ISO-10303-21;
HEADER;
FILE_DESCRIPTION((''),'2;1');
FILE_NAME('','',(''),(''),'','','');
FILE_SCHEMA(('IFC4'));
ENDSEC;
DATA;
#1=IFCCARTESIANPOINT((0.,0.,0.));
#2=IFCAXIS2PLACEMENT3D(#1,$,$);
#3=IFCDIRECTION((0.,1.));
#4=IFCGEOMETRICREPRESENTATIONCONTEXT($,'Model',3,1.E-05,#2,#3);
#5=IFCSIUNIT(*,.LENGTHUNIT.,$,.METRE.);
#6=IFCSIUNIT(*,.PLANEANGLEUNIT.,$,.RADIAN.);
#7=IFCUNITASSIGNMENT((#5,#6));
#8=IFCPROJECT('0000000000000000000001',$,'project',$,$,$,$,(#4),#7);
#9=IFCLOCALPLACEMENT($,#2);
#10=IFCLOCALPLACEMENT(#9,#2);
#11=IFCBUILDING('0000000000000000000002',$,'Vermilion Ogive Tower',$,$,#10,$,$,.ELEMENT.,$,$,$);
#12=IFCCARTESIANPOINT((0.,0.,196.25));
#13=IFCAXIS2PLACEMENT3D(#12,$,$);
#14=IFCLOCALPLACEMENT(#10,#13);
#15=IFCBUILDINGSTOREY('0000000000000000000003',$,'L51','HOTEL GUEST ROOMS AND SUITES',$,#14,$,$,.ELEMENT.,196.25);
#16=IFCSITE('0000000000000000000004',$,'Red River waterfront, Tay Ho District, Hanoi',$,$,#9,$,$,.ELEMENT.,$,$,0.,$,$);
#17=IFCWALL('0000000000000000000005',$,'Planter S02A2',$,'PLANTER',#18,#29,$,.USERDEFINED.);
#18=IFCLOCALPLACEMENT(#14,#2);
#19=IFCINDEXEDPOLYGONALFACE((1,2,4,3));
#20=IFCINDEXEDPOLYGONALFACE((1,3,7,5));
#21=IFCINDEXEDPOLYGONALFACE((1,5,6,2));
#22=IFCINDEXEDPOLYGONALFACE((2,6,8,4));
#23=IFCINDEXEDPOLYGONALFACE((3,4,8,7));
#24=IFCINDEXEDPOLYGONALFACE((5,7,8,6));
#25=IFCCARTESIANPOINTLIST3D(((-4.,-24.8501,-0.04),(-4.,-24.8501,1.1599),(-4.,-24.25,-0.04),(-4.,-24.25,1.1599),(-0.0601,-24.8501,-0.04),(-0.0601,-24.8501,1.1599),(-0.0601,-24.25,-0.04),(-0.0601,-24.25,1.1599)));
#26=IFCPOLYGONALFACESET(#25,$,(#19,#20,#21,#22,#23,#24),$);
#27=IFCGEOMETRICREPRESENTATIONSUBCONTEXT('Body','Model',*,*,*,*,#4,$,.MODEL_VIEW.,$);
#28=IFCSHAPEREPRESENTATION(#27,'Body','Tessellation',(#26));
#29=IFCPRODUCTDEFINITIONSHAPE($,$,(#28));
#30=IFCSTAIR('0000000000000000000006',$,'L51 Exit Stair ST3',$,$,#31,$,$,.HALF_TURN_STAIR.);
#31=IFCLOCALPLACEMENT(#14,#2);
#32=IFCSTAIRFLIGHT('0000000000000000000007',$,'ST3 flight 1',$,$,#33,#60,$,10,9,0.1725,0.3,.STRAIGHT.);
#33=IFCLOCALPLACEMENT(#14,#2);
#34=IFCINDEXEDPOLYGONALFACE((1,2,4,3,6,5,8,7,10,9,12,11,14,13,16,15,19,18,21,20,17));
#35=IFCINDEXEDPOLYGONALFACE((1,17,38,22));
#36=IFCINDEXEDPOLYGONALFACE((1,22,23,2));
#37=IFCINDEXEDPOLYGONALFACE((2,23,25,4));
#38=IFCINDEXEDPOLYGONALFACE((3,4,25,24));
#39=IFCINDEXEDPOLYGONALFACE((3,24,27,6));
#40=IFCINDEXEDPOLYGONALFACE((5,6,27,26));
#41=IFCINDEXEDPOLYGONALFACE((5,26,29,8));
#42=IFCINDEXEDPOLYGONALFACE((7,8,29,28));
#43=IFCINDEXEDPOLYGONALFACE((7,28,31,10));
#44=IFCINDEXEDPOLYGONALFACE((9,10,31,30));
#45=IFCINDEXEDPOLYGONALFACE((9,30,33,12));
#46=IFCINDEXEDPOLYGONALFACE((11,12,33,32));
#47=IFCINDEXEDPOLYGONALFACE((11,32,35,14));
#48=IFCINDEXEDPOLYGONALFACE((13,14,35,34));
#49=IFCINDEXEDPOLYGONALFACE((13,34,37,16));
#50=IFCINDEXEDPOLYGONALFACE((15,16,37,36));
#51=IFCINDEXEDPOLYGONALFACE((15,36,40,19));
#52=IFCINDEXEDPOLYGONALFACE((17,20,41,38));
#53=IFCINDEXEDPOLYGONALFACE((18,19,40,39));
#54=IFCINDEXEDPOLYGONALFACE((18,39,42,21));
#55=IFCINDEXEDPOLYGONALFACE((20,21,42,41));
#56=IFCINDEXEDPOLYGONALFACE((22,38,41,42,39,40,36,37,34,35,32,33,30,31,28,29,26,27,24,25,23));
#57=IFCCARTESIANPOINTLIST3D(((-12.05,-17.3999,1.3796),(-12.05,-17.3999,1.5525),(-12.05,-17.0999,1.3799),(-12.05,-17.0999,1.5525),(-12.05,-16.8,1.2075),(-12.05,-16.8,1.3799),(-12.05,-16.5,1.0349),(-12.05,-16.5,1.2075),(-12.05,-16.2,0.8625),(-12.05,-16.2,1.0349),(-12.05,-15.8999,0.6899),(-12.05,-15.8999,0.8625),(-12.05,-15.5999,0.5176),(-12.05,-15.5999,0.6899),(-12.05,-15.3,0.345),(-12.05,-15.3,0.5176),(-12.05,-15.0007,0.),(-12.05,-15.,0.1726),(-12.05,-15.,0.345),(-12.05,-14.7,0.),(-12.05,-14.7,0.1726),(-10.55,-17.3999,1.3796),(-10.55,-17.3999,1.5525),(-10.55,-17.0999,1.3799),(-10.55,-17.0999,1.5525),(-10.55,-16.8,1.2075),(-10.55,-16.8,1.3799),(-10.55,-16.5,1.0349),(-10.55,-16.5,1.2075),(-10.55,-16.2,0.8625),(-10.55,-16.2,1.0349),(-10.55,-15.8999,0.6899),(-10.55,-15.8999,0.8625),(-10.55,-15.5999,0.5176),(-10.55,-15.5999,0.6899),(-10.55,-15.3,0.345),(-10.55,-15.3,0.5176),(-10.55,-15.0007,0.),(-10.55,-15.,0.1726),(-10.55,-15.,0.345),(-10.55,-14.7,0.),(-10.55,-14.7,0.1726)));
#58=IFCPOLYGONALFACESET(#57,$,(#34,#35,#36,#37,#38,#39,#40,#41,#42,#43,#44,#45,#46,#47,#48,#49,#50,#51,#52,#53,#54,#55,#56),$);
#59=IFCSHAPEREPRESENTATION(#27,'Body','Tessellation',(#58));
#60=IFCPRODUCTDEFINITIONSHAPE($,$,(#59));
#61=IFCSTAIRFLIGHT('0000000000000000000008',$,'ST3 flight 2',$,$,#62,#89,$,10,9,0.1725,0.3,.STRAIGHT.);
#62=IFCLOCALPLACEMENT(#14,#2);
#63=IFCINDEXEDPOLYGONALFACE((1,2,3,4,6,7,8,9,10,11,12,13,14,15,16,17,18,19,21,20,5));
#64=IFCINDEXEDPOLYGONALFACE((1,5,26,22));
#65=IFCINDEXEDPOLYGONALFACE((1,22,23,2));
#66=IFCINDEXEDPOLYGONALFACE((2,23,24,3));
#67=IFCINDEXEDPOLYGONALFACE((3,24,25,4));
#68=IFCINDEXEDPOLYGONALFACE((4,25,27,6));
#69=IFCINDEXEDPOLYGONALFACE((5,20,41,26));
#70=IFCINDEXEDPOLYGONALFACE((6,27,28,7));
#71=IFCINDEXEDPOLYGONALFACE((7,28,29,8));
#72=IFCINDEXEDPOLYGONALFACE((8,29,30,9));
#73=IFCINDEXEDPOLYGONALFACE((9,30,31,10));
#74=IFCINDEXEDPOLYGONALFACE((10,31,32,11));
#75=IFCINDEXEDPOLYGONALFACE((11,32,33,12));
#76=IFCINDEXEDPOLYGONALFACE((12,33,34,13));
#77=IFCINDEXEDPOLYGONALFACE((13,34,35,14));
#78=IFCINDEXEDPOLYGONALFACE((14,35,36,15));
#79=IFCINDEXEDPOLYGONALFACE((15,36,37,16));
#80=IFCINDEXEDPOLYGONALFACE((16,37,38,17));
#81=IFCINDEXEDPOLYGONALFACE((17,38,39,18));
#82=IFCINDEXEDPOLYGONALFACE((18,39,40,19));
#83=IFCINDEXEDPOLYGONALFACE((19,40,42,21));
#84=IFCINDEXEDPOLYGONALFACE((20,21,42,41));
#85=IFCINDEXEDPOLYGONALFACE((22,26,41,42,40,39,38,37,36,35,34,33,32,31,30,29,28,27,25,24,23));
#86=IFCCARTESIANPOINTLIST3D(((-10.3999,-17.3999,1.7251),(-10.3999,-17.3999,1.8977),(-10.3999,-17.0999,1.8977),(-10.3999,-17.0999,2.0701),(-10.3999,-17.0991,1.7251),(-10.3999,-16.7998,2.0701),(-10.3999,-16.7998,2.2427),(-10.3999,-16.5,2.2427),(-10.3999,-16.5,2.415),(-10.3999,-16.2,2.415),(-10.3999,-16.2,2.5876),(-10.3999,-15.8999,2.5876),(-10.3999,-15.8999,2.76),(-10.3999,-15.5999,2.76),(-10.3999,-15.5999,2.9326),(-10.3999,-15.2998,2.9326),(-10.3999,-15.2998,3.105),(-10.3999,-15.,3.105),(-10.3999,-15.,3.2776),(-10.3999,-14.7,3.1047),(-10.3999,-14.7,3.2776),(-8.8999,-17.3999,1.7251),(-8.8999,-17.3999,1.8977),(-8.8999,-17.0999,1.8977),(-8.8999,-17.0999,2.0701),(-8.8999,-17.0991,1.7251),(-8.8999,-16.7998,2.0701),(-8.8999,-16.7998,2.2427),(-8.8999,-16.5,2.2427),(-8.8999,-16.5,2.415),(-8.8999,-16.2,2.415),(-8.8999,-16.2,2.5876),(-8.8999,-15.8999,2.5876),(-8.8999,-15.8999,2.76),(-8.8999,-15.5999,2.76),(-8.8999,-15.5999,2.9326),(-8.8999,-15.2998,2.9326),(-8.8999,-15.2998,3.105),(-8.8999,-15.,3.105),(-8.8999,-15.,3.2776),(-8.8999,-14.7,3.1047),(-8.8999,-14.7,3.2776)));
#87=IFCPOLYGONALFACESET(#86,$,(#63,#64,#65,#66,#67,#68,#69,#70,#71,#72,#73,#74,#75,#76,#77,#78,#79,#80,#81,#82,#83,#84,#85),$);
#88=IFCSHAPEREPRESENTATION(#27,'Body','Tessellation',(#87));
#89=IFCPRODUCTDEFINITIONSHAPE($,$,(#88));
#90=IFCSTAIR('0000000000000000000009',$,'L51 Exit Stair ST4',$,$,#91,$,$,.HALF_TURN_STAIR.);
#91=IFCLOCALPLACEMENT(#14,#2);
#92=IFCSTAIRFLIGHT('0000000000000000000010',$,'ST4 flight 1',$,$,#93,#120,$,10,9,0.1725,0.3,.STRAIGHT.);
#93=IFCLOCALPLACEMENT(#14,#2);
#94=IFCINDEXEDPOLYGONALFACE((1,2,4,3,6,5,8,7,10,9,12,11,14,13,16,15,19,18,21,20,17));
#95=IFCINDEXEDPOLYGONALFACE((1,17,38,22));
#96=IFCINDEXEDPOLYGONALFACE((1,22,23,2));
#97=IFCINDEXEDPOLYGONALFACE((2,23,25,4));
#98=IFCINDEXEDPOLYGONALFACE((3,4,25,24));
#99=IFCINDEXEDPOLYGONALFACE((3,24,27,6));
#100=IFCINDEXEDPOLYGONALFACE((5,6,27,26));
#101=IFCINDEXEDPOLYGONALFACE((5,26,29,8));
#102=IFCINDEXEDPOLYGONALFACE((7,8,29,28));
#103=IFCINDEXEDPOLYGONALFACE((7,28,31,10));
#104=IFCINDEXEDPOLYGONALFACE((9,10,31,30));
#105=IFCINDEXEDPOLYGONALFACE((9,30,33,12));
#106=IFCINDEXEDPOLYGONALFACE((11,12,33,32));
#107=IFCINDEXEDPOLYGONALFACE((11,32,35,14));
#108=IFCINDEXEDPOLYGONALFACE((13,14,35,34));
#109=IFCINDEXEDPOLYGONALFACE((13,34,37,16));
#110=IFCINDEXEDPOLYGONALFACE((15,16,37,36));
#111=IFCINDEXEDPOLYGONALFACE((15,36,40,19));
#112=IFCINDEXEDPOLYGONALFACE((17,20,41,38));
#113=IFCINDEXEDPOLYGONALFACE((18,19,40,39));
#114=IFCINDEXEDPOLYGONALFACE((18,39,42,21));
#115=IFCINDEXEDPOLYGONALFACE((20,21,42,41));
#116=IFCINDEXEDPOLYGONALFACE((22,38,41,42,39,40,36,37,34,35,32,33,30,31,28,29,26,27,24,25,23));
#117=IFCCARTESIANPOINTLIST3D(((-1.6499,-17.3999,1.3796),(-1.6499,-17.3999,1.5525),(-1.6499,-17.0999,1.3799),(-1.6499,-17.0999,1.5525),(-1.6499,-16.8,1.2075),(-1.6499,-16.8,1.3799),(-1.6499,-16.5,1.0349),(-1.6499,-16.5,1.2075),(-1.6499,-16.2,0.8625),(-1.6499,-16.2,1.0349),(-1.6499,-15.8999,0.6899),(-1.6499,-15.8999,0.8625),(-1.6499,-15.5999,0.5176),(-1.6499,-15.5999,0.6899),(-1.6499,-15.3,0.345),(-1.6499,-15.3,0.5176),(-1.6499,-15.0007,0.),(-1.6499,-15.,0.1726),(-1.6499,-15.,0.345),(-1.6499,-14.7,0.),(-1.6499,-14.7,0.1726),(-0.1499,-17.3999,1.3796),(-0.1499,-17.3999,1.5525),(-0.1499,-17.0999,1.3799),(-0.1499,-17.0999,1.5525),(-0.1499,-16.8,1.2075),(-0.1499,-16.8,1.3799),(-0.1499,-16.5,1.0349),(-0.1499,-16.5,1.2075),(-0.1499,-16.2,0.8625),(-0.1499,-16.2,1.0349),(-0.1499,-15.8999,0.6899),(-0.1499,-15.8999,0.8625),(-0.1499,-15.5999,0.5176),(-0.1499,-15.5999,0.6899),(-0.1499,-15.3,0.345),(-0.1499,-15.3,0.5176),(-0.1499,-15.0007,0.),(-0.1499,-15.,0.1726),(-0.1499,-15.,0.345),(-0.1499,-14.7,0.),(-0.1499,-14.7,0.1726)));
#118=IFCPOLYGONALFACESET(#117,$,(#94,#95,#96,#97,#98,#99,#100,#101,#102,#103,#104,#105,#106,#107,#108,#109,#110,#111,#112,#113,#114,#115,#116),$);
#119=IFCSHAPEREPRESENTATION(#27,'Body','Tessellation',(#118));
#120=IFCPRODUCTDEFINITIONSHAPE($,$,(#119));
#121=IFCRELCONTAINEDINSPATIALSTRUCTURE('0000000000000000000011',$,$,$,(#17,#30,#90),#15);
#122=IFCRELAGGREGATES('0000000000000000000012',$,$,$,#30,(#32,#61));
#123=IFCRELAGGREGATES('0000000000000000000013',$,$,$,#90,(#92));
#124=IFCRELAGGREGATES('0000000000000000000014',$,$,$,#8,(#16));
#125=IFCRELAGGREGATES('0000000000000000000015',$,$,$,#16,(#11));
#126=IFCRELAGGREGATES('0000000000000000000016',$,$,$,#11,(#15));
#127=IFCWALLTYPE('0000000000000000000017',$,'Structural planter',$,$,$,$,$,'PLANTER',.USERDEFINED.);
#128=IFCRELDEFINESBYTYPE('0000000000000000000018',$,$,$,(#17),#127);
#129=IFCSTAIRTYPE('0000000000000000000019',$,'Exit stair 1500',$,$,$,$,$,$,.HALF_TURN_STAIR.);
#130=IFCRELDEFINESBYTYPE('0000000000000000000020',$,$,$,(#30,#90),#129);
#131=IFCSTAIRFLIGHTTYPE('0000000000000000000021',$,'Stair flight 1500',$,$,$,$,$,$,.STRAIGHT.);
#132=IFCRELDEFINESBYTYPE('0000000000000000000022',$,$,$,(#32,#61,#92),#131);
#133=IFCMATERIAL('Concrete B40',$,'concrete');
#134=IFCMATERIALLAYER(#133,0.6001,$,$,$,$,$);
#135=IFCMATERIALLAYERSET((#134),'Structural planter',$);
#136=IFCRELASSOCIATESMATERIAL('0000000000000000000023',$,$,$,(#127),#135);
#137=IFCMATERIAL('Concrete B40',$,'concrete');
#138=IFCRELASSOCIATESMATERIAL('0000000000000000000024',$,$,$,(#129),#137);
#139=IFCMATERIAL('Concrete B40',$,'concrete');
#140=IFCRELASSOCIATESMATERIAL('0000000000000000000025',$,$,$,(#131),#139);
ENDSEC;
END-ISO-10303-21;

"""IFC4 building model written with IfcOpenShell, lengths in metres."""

from ifc_helpers import new_model, si_unit, direction, frame, frame_2d, origin, place, context, subcontext, project, spatial, polyline, rectangle, outline, extrude, material, layer, layer_set, type_object, element, aggregate, save


model = new_model("IFC4")

# Units and contexts
model_context = context("Model", 3, precision=1e-05, world=origin(), true_north=direction((0.0, 1.0)))
body_context = subcontext(model_context, "Body", "Model", "MODEL_VIEW")
ifc_project = project(units=[si_unit("LENGTHUNIT", "METRE"), si_unit("PLANEANGLEUNIT", "RADIAN")], contexts=[model_context])

# Site, building, storey
site_placement = place(None, origin())
site = spatial("IfcSite", under=ifc_project, at=site_placement, Name="Red River waterfront, Tay Ho District, Hanoi", CompositionType="ELEMENT", RefElevation=0.0)
building_placement = place(site_placement, origin())
building = spatial("IfcBuilding", under=site, at=building_placement, Name="Vermilion Ogive Tower", CompositionType="ELEMENT")
storey_placement = place(building_placement, frame((0.0, 0.0, 196.25)))
storey = spatial("IfcBuildingStorey", under=building, at=storey_placement, Name="L51", Description="HOTEL GUEST ROOMS AND SUITES", CompositionType="ELEMENT", Elevation=196.25)

# Wall
ifc_material_1 = material(Name="Concrete B40", Category="concrete")
ifc_layer_1 = layer(ifc_material_1, 0.6001)
ifc_layer_set_1 = layer_set([ifc_layer_1], Name="Structural planter")
wall_type_1 = type_object("IfcWallType", Name="Structural planter", ElementType="PLANTER", PredefinedType="USERDEFINED", material=ifc_layer_set_1)
wall_1_placement = place(storey_placement, frame((-4.0, -24.55, -0.04), z_axis=(0.0, 0.0, 1.0), x_axis=(1.0, 0.0, 0.0)))
element("IfcWall", 1, at=wall_1_placement, inside=storey, type_object=wall_type_1, Name="Planter S02A2", ObjectType="PLANTER", PredefinedType="USERDEFINED", context=body_context, shape_type="SweptSolid", body=[
    extrude(rectangle(XDim=3.9399, YDim=0.6001, at=frame_2d((1.97, 0.0))), origin(), (0.0, 0.0, 1.0), 1.2),
])

# Stair, stair flights
ifc_material_2 = material(Name="Concrete B40", Category="concrete")
stair_type = type_object("IfcStairType", Name="Exit stair 1500", PredefinedType="HALF_TURN_STAIR", material=ifc_material_2)
stair_1_placement = place(storey_placement, origin())
stair_1 = element("IfcStair", 2, at=stair_1_placement, inside=storey, type_object=stair_type, Name="L51 Exit Stair ST3", PredefinedType="HALF_TURN_STAIR")
ifc_material_3 = material(Name="Concrete B40", Category="concrete")
stair_flight_type = type_object("IfcStairFlightType", Name="Stair flight 1500", PredefinedType="STRAIGHT", material=ifc_material_3)
stair_flight_1_placement = place(storey_placement, frame((-11.3, -14.7, 0.0), z_axis=(0.0, 0.0, 1.0), x_axis=(0.0, -1.0, 0.0)))
stair_flight_1 = element("IfcStairFlight", 3, at=stair_flight_1_placement, type_object=stair_flight_type, Name="ST3 flight 1", NumberOfRisers=10, NumberOfTreads=9, PredefinedType="STRAIGHT", RiserHeight=0.1725, TreadLength=0.3, context=body_context, shape_type="SweptSolid", body=[
    extrude(outline(polyline([(0.0, 0.0), (0.0, 0.1726), (0.3, 0.1726), (0.3, 0.345), (0.6001, 0.345), (0.6001, 0.5176), (0.8999, 0.5176), (0.8999, 0.6899), (1.2, 0.6899), (1.2, 0.8625), (1.5, 0.8625), (1.5, 1.0349), (1.8, 1.0349), (1.8, 1.2075), (2.1001, 1.2075), (2.1001, 1.3799), (2.3999, 1.3799), (2.3999, 1.5525), (2.7, 1.5525), (2.7, 1.7251), (2.7, 1.3796), (0.3008, 0.0), (0.0, 0.0)])), frame((0.0, 0.75, 0.0), z_axis=(0.0, -1.0, 0.0), x_axis=(1.0, 0.0, 0.0)), (0.0, 0.0, 1.0), 1.5),
])
stair_flight_2_placement = place(storey_placement, frame((-9.6499, -17.3999, 1.7251), z_axis=(0.0, 0.0, 1.0), x_axis=(0.0, 1.0, 0.0)))
stair_flight_2 = element("IfcStairFlight", 4, at=stair_flight_2_placement, type_object=stair_flight_type, Name="ST3 flight 2", NumberOfRisers=10, NumberOfTreads=9, PredefinedType="STRAIGHT", RiserHeight=0.1725, TreadLength=0.3, context=body_context, shape_type="SweptSolid", body=[
    extrude(outline(polyline([(0.0, 0.0), (0.0, 0.1726), (0.3, 0.1726), (0.3, 0.345), (0.6001, 0.345), (0.6001, 0.5176), (0.8999, 0.5176), (0.8999, 0.6899), (1.2, 0.6899), (1.2, 0.8625), (1.5, 0.8625), (1.5, 1.0349), (1.8, 1.0349), (1.8, 1.2075), (2.1001, 1.2075), (2.1001, 1.3799), (2.3999, 1.3799), (2.3999, 1.5525), (2.7, 1.5525), (2.7, 1.7251), (2.7, 1.3796), (0.3008, 0.0), (0.0, 0.0)])), frame((0.0, 0.75, 0.0), z_axis=(0.0, -1.0, 0.0), x_axis=(1.0, 0.0, 0.0)), (0.0, 0.0, 1.0), 1.5),
])
aggregate(stair_1, [stair_flight_1, stair_flight_2])

# Stair, stair flight
stair_2_placement = place(storey_placement, origin())
stair_2 = element("IfcStair", 5, at=stair_2_placement, inside=storey, type_object=stair_type, Name="L51 Exit Stair ST4", PredefinedType="HALF_TURN_STAIR")
stair_flight_3_placement = place(storey_placement, frame((-0.8999, -14.7, 0.0), z_axis=(0.0, 0.0, 1.0), x_axis=(0.0, -1.0, 0.0)))
stair_flight_3 = element("IfcStairFlight", 6, at=stair_flight_3_placement, type_object=stair_flight_type, Name="ST4 flight 1", NumberOfRisers=10, NumberOfTreads=9, PredefinedType="STRAIGHT", RiserHeight=0.1725, TreadLength=0.3, context=body_context, shape_type="SweptSolid", body=[
    extrude(outline(polyline([(0.0, 0.0), (0.0, 0.1726), (0.3, 0.1726), (0.3, 0.345), (0.6001, 0.345), (0.6001, 0.5176), (0.8999, 0.5176), (0.8999, 0.6899), (1.2, 0.6899), (1.2, 0.8625), (1.5, 0.8625), (1.5, 1.0349), (1.8, 1.0349), (1.8, 1.2075), (2.1001, 1.2075), (2.1001, 1.3799), (2.3999, 1.3799), (2.3999, 1.5525), (2.7, 1.5525), (2.7, 1.7251), (2.7, 1.3796), (0.3008, 0.0), (0.0, 0.0)])), frame((0.0, 0.75, 0.0), z_axis=(0.0, -1.0, 0.0), x_axis=(1.0, 0.0, 0.0)), (0.0, 0.0, 1.0), 1.5),
])
aggregate(stair_2, [stair_flight_3])

save(model, "model.ifc")
